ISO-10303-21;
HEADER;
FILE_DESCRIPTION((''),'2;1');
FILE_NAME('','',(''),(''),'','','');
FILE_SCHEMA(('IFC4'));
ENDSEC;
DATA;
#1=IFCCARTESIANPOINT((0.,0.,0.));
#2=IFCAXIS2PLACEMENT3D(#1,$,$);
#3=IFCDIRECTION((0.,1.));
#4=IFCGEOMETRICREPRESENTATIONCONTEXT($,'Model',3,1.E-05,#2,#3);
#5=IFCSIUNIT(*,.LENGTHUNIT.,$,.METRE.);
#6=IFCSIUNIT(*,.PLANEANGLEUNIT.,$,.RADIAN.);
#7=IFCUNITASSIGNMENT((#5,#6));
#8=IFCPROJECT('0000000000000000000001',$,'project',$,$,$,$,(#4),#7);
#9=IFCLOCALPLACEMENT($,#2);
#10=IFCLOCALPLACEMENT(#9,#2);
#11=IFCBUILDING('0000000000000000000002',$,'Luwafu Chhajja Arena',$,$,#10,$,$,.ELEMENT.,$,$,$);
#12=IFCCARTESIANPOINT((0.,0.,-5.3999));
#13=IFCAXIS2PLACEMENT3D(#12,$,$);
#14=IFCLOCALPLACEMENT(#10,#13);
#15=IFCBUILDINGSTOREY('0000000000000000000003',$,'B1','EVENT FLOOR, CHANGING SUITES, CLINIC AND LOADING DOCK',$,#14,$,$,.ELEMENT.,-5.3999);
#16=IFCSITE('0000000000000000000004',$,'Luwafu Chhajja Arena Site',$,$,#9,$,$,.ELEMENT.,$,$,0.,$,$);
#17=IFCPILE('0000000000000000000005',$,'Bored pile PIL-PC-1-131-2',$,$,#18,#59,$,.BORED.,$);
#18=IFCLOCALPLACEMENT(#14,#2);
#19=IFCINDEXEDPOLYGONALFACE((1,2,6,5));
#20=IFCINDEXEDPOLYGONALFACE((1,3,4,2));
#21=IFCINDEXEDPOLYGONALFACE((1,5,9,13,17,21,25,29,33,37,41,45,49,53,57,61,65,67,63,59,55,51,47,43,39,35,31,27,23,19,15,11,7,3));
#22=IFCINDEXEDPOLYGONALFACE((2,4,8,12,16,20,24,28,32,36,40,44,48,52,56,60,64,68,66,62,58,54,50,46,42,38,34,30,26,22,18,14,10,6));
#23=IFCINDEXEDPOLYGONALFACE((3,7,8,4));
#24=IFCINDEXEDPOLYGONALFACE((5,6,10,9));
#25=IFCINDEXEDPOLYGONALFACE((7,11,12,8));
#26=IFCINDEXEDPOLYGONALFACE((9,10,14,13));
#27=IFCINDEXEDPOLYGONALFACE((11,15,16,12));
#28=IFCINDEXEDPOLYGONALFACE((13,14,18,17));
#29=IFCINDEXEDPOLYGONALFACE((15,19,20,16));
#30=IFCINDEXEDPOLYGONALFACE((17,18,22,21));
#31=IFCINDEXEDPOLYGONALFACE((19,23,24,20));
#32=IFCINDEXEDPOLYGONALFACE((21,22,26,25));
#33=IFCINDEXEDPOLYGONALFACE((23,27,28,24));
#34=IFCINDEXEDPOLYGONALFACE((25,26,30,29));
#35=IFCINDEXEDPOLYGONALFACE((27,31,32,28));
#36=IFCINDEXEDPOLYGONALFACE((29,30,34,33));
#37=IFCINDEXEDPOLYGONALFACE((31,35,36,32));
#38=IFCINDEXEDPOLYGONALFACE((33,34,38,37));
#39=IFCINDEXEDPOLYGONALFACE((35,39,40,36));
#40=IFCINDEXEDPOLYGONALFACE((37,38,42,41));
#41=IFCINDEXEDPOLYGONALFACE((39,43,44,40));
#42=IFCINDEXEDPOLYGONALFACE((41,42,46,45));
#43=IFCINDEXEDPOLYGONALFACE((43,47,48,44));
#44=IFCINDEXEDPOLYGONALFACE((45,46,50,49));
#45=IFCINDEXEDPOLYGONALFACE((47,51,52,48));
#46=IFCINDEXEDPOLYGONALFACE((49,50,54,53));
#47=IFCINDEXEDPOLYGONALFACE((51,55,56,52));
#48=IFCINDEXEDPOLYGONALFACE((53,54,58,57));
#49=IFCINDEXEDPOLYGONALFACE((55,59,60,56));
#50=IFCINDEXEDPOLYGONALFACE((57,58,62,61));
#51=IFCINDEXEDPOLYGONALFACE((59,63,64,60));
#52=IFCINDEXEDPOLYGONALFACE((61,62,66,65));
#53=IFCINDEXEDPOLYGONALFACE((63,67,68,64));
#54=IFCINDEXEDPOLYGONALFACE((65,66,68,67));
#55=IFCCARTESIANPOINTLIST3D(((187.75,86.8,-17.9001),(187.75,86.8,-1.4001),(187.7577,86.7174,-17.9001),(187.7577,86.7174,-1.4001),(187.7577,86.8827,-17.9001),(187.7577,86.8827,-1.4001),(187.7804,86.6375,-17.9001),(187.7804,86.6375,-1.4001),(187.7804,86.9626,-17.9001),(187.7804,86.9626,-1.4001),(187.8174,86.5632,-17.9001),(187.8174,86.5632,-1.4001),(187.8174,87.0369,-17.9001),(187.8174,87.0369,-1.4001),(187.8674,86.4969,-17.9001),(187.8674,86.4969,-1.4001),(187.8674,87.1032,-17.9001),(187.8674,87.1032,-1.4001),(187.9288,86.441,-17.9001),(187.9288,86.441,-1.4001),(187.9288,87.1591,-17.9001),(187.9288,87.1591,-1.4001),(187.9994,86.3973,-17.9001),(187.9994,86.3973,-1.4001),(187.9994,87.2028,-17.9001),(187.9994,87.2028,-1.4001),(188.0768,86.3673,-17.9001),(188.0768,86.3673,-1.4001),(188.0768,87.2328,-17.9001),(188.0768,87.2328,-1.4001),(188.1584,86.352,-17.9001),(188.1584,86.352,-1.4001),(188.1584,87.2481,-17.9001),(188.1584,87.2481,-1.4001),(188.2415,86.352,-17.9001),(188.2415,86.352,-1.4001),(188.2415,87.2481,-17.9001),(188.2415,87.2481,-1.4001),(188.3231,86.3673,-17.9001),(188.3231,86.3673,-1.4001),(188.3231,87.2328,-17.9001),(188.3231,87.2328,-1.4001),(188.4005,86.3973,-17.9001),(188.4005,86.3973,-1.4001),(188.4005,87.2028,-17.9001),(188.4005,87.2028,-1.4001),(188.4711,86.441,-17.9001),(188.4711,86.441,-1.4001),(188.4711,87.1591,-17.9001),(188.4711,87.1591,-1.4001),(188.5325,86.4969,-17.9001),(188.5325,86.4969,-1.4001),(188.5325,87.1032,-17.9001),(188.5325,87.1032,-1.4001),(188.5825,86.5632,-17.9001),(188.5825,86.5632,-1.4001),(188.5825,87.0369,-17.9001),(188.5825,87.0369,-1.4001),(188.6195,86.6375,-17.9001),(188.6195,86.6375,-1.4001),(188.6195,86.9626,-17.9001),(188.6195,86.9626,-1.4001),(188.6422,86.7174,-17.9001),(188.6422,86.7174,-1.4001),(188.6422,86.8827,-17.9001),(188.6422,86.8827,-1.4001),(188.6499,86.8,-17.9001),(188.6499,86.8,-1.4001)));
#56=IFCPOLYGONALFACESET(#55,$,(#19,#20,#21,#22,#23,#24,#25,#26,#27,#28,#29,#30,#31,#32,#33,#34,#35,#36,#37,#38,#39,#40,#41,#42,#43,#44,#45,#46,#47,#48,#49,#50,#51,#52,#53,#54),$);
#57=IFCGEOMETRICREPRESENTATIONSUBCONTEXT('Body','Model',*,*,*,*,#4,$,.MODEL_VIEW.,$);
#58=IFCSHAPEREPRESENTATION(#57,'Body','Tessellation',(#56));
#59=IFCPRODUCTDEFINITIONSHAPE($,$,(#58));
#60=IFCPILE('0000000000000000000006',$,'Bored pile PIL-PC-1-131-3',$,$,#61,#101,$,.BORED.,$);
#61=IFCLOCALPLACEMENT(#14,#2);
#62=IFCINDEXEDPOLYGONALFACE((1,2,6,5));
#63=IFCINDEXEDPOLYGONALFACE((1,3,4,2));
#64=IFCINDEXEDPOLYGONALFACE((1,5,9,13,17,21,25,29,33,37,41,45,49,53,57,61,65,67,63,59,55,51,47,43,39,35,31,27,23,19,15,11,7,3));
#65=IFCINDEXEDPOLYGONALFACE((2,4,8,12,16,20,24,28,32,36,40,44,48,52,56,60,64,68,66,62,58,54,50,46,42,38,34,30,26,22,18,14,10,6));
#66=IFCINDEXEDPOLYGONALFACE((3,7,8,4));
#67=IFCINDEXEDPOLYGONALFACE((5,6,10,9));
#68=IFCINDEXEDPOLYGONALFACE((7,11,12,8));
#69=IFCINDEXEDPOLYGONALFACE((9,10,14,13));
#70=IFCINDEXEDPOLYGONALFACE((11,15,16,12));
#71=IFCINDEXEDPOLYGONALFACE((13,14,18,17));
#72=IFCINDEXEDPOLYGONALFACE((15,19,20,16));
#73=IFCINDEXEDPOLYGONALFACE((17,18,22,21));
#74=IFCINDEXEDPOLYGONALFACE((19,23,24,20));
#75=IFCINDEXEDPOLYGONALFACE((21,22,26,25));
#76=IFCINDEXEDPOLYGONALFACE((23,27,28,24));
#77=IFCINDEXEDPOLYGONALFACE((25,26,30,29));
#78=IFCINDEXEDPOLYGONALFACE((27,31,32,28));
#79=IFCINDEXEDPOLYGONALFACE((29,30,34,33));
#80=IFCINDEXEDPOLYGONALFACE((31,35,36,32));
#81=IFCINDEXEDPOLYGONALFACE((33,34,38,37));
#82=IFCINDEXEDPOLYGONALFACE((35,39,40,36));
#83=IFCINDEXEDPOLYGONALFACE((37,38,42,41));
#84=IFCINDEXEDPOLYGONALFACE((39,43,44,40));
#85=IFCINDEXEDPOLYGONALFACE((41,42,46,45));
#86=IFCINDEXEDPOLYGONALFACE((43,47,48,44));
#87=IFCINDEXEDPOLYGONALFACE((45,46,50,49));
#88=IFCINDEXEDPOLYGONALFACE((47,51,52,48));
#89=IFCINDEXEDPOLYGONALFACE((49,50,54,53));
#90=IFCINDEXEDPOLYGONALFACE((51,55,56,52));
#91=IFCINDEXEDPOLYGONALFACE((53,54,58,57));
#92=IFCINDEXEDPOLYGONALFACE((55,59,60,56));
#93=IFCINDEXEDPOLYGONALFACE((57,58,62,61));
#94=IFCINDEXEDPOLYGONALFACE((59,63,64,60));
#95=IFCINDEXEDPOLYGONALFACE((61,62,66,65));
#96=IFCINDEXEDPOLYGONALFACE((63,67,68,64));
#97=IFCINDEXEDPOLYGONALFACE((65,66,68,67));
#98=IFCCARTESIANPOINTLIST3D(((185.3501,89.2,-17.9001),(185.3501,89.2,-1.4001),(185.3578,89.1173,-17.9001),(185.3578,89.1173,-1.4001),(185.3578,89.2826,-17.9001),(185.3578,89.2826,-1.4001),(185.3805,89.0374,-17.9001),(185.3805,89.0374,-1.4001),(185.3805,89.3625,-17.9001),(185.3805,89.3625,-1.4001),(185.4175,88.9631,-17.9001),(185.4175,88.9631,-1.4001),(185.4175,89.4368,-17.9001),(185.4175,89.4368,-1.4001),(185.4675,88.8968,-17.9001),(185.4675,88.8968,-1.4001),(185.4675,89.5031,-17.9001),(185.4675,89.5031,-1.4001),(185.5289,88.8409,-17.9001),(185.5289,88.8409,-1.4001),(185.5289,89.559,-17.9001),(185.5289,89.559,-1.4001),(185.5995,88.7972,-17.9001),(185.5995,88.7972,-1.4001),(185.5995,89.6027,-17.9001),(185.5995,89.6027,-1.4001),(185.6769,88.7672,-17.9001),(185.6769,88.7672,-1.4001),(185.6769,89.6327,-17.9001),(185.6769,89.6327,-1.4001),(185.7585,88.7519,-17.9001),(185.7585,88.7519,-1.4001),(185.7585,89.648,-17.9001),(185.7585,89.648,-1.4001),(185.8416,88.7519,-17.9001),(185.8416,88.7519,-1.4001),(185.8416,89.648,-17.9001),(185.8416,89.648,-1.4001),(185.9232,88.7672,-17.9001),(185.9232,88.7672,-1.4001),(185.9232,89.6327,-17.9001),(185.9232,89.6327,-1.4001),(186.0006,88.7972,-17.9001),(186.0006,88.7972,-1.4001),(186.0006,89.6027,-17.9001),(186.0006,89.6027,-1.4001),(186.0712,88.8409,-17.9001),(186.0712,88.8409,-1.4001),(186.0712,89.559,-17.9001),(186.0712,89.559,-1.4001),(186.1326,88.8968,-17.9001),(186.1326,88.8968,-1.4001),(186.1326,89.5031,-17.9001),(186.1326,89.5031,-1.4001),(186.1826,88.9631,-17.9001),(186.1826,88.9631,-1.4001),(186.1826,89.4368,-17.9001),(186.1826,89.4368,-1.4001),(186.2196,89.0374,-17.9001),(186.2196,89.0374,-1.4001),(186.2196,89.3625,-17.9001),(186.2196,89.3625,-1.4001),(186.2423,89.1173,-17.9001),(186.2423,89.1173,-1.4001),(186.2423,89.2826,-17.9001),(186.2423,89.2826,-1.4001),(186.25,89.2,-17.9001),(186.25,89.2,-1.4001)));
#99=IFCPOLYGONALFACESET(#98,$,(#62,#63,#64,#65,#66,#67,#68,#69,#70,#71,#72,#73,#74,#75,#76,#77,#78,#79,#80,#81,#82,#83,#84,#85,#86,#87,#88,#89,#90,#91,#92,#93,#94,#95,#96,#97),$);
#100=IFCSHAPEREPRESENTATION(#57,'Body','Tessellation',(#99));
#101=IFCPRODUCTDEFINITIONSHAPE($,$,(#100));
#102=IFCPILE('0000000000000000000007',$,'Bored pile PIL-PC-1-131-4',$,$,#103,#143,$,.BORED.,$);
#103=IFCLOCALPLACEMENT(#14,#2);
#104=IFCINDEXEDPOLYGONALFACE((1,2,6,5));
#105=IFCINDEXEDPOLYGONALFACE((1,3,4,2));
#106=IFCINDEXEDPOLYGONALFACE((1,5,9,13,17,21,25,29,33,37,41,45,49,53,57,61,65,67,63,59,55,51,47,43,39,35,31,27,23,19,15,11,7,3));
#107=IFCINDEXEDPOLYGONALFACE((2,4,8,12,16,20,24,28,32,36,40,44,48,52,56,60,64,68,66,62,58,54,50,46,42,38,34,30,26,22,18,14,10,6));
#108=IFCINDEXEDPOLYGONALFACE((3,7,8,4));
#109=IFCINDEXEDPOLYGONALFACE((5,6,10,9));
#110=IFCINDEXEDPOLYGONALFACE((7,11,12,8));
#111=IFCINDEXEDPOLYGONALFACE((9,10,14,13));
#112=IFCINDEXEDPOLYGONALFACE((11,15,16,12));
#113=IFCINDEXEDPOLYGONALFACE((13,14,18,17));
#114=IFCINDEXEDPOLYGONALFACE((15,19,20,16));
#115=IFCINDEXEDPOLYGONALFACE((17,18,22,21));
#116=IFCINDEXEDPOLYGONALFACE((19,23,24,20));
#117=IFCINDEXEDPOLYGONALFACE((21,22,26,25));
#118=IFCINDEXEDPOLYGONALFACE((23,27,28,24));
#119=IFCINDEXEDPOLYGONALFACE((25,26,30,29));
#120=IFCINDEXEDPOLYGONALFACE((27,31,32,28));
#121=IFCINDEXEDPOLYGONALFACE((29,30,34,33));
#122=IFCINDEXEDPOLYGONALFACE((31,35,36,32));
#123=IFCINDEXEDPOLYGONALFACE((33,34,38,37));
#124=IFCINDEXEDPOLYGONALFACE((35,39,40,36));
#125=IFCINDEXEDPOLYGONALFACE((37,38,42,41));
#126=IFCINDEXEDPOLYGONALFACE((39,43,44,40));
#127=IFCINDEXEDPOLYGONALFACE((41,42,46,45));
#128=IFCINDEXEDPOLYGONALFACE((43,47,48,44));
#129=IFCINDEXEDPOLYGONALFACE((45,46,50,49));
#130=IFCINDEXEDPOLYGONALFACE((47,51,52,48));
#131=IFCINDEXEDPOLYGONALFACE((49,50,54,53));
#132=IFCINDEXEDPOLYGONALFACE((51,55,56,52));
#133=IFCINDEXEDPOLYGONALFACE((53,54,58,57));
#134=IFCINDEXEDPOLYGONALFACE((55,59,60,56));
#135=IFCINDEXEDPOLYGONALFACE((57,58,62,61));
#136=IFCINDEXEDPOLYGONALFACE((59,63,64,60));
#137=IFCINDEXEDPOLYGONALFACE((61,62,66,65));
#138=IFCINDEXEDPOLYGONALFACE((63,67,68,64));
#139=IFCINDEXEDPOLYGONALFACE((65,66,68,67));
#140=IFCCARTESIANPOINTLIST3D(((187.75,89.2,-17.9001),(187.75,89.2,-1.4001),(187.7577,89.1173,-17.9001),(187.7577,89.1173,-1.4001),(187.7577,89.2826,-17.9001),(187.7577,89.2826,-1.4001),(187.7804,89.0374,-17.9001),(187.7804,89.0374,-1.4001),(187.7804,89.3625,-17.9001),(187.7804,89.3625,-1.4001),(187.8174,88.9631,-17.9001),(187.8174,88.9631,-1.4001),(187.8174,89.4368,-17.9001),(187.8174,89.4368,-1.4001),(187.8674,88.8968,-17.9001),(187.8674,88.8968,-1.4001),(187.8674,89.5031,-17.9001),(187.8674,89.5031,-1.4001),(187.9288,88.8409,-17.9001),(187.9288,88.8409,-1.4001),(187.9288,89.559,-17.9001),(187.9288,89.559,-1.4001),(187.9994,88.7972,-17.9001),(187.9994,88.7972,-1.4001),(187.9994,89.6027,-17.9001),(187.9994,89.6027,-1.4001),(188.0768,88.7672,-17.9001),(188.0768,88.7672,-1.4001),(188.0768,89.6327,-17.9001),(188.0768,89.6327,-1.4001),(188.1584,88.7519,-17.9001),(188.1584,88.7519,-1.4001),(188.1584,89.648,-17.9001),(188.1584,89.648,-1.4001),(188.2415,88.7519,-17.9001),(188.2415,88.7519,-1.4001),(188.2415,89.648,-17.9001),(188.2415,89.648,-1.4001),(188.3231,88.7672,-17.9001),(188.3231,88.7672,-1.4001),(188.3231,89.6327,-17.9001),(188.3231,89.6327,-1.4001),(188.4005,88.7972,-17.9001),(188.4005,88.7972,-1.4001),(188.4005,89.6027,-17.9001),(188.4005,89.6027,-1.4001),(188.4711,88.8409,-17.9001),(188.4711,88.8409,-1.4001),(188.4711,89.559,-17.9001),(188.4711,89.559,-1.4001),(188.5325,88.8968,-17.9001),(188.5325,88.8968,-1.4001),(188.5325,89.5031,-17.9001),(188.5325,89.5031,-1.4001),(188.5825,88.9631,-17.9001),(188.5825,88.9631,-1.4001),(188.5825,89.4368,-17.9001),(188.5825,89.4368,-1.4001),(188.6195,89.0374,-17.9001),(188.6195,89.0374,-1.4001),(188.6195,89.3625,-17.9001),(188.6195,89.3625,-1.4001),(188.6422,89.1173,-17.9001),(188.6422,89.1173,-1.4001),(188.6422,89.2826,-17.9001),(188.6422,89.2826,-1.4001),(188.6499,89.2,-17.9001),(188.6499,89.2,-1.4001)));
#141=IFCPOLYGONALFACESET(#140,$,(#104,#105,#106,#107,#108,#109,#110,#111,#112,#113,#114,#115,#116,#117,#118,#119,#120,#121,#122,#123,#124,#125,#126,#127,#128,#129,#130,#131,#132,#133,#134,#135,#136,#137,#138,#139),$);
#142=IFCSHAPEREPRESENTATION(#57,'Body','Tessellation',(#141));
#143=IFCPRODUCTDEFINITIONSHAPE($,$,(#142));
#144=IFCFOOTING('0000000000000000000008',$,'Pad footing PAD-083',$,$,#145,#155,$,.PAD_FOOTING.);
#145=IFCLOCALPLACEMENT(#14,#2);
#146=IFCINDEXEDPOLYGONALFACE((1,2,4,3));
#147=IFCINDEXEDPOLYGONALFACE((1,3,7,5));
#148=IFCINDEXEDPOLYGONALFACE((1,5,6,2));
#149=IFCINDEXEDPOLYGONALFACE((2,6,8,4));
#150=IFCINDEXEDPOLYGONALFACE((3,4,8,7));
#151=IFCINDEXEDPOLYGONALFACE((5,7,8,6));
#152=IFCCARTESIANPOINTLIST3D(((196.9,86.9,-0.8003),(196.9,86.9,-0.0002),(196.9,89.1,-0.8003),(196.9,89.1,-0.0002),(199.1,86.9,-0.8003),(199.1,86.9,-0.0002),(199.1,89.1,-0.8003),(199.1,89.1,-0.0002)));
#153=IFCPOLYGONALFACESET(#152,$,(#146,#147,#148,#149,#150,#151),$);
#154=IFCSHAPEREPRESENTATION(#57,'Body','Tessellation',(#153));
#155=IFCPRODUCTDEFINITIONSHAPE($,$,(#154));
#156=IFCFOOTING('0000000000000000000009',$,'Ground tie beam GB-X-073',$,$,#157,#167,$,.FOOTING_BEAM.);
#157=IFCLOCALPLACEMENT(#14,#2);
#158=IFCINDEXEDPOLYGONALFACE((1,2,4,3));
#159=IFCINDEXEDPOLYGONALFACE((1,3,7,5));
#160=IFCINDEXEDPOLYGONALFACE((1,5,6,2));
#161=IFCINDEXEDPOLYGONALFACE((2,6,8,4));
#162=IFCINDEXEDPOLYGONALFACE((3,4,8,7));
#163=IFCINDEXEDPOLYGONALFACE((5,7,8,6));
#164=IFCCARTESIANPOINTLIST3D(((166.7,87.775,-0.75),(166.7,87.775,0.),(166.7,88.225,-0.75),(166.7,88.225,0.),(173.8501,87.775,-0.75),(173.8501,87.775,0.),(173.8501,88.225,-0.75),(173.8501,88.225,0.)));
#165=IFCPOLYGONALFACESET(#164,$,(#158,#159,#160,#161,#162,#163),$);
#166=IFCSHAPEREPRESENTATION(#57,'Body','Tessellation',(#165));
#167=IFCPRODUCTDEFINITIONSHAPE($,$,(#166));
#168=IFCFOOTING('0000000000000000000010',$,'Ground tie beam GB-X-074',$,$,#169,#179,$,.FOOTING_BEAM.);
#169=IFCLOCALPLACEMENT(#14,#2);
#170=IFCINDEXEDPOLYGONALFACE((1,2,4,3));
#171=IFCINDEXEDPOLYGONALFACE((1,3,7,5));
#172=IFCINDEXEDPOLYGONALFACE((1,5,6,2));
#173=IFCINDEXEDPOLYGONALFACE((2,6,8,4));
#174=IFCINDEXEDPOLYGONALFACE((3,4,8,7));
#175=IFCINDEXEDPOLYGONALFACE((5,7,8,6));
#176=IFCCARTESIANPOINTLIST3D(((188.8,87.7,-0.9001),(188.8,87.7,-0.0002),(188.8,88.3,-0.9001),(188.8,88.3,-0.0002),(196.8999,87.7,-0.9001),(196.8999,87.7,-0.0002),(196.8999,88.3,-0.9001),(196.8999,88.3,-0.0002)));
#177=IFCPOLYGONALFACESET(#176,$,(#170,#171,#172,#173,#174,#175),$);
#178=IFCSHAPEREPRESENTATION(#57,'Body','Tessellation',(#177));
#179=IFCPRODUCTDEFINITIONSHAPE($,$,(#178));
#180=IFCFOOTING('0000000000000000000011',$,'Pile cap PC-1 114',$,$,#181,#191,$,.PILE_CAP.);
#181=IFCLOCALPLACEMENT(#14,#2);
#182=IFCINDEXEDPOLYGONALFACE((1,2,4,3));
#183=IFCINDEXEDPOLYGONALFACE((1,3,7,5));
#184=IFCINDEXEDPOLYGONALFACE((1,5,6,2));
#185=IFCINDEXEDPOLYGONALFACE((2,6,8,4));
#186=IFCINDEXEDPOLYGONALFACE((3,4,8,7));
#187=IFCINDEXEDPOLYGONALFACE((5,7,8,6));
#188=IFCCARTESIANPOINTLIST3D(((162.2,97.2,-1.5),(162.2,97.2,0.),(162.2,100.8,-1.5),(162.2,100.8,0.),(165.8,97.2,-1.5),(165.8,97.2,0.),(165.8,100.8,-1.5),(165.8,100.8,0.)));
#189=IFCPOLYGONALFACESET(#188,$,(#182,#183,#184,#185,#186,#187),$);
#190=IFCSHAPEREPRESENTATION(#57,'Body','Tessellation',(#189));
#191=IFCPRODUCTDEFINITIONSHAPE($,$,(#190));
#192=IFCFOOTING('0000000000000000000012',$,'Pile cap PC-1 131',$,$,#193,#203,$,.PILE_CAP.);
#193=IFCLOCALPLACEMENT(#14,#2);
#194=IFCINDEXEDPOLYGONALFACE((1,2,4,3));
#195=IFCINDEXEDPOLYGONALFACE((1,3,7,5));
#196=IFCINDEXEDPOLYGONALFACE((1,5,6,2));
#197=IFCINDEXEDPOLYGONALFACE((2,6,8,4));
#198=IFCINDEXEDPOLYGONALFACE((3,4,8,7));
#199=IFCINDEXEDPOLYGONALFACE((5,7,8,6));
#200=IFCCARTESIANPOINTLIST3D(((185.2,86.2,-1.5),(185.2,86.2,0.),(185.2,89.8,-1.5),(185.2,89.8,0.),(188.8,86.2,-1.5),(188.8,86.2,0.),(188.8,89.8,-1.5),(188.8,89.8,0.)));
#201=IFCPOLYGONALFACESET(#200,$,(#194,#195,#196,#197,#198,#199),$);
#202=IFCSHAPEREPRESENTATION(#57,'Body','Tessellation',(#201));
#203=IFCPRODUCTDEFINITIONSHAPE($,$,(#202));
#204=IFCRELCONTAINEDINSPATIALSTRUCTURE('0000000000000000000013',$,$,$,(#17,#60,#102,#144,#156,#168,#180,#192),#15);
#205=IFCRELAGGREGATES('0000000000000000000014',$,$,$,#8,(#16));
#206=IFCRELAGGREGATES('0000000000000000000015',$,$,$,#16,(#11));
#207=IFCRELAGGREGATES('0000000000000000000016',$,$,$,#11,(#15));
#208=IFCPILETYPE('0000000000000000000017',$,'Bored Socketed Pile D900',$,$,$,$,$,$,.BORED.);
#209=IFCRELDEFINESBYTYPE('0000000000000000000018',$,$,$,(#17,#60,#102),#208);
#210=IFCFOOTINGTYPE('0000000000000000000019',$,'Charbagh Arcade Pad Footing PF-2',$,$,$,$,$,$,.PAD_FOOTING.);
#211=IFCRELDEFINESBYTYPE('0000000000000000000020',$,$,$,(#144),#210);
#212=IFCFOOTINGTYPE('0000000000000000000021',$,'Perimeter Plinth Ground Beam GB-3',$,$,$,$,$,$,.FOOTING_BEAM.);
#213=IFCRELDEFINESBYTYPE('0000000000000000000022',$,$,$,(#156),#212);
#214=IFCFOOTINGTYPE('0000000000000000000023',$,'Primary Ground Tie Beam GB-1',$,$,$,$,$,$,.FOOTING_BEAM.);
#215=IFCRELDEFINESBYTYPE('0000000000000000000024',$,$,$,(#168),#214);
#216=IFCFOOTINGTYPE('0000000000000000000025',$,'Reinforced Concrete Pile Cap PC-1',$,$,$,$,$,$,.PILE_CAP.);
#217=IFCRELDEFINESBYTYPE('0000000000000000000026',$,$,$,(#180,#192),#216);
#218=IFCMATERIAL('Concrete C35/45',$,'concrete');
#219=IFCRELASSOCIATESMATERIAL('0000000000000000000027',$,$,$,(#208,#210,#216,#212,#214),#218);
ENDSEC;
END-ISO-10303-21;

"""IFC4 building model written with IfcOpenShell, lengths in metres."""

from ifc_helpers import new_model, si_unit, direction, frame, origin, origin_2d, place, context, subcontext, project, spatial, rectangle, circle, extrude, material, material_profile, profile_set, type_object, element, save


model = new_model("IFC4")

# Units and contexts
model_context = context("Model", 3, precision=1e-05, world=origin(), true_north=direction((0.0, 1.0)))
body_context = subcontext(model_context, "Body", "Model", "MODEL_VIEW")
ifc_project = project(units=[si_unit("LENGTHUNIT", "METRE"), si_unit("PLANEANGLEUNIT", "RADIAN")], contexts=[model_context])

# Site, building, storey
site_placement = place(None, origin())
site = spatial("IfcSite", under=ifc_project, at=site_placement, Name="Luwafu Chhajja Arena Site", CompositionType="ELEMENT", RefElevation=0.0)
building_placement = place(site_placement, origin())
building = spatial("IfcBuilding", under=site, at=building_placement, Name="Luwafu Chhajja Arena", CompositionType="ELEMENT")
storey_placement = place(building_placement, frame((0.0, 0.0, -5.3999)))
storey = spatial("IfcBuildingStorey", under=building, at=storey_placement, Name="B1", Description="EVENT FLOOR, CHANGING SUITES, CLINIC AND LOADING DOCK", CompositionType="ELEMENT", Elevation=-5.3999)

# Piles
ifc_material_1 = material(Name="Concrete C35/45", Category="concrete")
ifc_material_profile_1 = material_profile(ifc_material_1, circle(Radius=0.45, at=origin_2d()), Name="PILE D900")
ifc_profile_set_1 = profile_set([ifc_material_profile_1], Name="Concrete C35/45")
pile_type_1 = type_object("IfcPileType", Name="Bored Socketed Pile D900", PredefinedType="BORED", material=ifc_profile_set_1)
for number, where, z_axis, x_axis, name in (
    (1, (188.2, 86.8, -1.4001), (0.0, 0.0, -1.0), (1.0, 0.0, 0.0), "Bored pile PIL-PC-1-131-2"),
    (2, (185.8, 89.2, -1.4001), (0.0, 0.0, -1.0), (1.0, 0.0, 0.0), "Bored pile PIL-PC-1-131-3"),
    (3, (188.2, 89.2, -1.4001), (0.0, 0.0, -1.0), (1.0, 0.0, 0.0), "Bored pile PIL-PC-1-131-4"),
):
    element("IfcPile", number, at=place(storey_placement, frame(where, z_axis=z_axis, x_axis=x_axis)), inside=storey, type_object=pile_type_1, Name=name, PredefinedType="BORED", context=body_context, shape_type="SweptSolid", body=[
        extrude(circle(Radius=0.45, at=origin_2d()), origin(), (0.0, 0.0, 1.0), 16.5),
    ])

# Footings
footing_type_1 = type_object("IfcFootingType", Name="Charbagh Arcade Pad Footing PF-2", PredefinedType="PAD_FOOTING", material=ifc_material_1)
footing_1_placement = place(storey_placement, frame((198.0, 88.0, -0.8003), z_axis=(0.0, 0.0, 1.0), x_axis=(1.0, 0.0, 0.0)))
element("IfcFooting", 4, at=footing_1_placement, inside=storey, type_object=footing_type_1, Name="Pad footing PAD-083", PredefinedType="PAD_FOOTING", context=body_context, shape_type="SweptSolid", body=[
    extrude(rectangle(XDim=2.2, YDim=2.2, at=origin_2d()), origin(), (0.0, 0.0, 1.0), 0.8),
])
ifc_material_profile_2 = material_profile(ifc_material_1, rectangle(XDim=0.45, YDim=0.75, at=origin_2d()), Name="RC 450x750")
ifc_profile_set_2 = profile_set([ifc_material_profile_2], Name="Concrete C35/45")
footing_type_2 = type_object("IfcFootingType", Name="Perimeter Plinth Ground Beam GB-3", PredefinedType="FOOTING_BEAM", material=ifc_profile_set_2)
footing_2_placement = place(storey_placement, frame((166.7, 88.0, -0.375), z_axis=(1.0, 0.0, 0.0), x_axis=(0.0, 1.0, 0.0)))
element("IfcFooting", 5, at=footing_2_placement, inside=storey, type_object=footing_type_2, Name="Ground tie beam GB-X-073", PredefinedType="FOOTING_BEAM", context=body_context, shape_type="SweptSolid", body=[
    extrude(rectangle(XDim=0.45, YDim=0.75, at=origin_2d()), origin(), (0.0, 0.0, 1.0), 7.1501),
])
ifc_material_profile_3 = material_profile(ifc_material_1, rectangle(XDim=0.6001, YDim=0.8999, at=origin_2d()), Name="RC 600x900")
ifc_profile_set_3 = profile_set([ifc_material_profile_3], Name="Concrete C35/45")
footing_type_3 = type_object("IfcFootingType", Name="Primary Ground Tie Beam GB-1", PredefinedType="FOOTING_BEAM", material=ifc_profile_set_3)
footing_3_placement = place(storey_placement, frame((188.8, 88.0, -0.4502), z_axis=(1.0, 0.0, 0.0), x_axis=(0.0, 1.0, 0.0)))
element("IfcFooting", 6, at=footing_3_placement, inside=storey, type_object=footing_type_3, Name="Ground tie beam GB-X-074", PredefinedType="FOOTING_BEAM", context=body_context, shape_type="SweptSolid", body=[
    extrude(rectangle(XDim=0.6001, YDim=0.8999, at=origin_2d()), origin(), (0.0, 0.0, 1.0), 8.0999),
])
footing_type_4 = type_object("IfcFootingType", Name="Reinforced Concrete Pile Cap PC-1", PredefinedType="PILE_CAP", material=ifc_material_1)
for number, where, z_axis, x_axis, name in (
    (7, (164.0, 99.0, -1.5), (0.0, 0.0, 1.0), (1.0, 0.0, 0.0), "Pile cap PC-1 114"),
    (8, (187.0, 88.0, -1.5), (0.0, 0.0, 1.0), (1.0, 0.0, 0.0), "Pile cap PC-1 131"),
):
    element("IfcFooting", number, at=place(storey_placement, frame(where, z_axis=z_axis, x_axis=x_axis)), inside=storey, type_object=footing_type_4, Name=name, PredefinedType="PILE_CAP", context=body_context, shape_type="SweptSolid", body=[
        extrude(rectangle(XDim=3.6001, YDim=3.6001, at=origin_2d()), origin(), (0.0, 0.0, 1.0), 1.5),
    ])

save(model, "model.ifc")
